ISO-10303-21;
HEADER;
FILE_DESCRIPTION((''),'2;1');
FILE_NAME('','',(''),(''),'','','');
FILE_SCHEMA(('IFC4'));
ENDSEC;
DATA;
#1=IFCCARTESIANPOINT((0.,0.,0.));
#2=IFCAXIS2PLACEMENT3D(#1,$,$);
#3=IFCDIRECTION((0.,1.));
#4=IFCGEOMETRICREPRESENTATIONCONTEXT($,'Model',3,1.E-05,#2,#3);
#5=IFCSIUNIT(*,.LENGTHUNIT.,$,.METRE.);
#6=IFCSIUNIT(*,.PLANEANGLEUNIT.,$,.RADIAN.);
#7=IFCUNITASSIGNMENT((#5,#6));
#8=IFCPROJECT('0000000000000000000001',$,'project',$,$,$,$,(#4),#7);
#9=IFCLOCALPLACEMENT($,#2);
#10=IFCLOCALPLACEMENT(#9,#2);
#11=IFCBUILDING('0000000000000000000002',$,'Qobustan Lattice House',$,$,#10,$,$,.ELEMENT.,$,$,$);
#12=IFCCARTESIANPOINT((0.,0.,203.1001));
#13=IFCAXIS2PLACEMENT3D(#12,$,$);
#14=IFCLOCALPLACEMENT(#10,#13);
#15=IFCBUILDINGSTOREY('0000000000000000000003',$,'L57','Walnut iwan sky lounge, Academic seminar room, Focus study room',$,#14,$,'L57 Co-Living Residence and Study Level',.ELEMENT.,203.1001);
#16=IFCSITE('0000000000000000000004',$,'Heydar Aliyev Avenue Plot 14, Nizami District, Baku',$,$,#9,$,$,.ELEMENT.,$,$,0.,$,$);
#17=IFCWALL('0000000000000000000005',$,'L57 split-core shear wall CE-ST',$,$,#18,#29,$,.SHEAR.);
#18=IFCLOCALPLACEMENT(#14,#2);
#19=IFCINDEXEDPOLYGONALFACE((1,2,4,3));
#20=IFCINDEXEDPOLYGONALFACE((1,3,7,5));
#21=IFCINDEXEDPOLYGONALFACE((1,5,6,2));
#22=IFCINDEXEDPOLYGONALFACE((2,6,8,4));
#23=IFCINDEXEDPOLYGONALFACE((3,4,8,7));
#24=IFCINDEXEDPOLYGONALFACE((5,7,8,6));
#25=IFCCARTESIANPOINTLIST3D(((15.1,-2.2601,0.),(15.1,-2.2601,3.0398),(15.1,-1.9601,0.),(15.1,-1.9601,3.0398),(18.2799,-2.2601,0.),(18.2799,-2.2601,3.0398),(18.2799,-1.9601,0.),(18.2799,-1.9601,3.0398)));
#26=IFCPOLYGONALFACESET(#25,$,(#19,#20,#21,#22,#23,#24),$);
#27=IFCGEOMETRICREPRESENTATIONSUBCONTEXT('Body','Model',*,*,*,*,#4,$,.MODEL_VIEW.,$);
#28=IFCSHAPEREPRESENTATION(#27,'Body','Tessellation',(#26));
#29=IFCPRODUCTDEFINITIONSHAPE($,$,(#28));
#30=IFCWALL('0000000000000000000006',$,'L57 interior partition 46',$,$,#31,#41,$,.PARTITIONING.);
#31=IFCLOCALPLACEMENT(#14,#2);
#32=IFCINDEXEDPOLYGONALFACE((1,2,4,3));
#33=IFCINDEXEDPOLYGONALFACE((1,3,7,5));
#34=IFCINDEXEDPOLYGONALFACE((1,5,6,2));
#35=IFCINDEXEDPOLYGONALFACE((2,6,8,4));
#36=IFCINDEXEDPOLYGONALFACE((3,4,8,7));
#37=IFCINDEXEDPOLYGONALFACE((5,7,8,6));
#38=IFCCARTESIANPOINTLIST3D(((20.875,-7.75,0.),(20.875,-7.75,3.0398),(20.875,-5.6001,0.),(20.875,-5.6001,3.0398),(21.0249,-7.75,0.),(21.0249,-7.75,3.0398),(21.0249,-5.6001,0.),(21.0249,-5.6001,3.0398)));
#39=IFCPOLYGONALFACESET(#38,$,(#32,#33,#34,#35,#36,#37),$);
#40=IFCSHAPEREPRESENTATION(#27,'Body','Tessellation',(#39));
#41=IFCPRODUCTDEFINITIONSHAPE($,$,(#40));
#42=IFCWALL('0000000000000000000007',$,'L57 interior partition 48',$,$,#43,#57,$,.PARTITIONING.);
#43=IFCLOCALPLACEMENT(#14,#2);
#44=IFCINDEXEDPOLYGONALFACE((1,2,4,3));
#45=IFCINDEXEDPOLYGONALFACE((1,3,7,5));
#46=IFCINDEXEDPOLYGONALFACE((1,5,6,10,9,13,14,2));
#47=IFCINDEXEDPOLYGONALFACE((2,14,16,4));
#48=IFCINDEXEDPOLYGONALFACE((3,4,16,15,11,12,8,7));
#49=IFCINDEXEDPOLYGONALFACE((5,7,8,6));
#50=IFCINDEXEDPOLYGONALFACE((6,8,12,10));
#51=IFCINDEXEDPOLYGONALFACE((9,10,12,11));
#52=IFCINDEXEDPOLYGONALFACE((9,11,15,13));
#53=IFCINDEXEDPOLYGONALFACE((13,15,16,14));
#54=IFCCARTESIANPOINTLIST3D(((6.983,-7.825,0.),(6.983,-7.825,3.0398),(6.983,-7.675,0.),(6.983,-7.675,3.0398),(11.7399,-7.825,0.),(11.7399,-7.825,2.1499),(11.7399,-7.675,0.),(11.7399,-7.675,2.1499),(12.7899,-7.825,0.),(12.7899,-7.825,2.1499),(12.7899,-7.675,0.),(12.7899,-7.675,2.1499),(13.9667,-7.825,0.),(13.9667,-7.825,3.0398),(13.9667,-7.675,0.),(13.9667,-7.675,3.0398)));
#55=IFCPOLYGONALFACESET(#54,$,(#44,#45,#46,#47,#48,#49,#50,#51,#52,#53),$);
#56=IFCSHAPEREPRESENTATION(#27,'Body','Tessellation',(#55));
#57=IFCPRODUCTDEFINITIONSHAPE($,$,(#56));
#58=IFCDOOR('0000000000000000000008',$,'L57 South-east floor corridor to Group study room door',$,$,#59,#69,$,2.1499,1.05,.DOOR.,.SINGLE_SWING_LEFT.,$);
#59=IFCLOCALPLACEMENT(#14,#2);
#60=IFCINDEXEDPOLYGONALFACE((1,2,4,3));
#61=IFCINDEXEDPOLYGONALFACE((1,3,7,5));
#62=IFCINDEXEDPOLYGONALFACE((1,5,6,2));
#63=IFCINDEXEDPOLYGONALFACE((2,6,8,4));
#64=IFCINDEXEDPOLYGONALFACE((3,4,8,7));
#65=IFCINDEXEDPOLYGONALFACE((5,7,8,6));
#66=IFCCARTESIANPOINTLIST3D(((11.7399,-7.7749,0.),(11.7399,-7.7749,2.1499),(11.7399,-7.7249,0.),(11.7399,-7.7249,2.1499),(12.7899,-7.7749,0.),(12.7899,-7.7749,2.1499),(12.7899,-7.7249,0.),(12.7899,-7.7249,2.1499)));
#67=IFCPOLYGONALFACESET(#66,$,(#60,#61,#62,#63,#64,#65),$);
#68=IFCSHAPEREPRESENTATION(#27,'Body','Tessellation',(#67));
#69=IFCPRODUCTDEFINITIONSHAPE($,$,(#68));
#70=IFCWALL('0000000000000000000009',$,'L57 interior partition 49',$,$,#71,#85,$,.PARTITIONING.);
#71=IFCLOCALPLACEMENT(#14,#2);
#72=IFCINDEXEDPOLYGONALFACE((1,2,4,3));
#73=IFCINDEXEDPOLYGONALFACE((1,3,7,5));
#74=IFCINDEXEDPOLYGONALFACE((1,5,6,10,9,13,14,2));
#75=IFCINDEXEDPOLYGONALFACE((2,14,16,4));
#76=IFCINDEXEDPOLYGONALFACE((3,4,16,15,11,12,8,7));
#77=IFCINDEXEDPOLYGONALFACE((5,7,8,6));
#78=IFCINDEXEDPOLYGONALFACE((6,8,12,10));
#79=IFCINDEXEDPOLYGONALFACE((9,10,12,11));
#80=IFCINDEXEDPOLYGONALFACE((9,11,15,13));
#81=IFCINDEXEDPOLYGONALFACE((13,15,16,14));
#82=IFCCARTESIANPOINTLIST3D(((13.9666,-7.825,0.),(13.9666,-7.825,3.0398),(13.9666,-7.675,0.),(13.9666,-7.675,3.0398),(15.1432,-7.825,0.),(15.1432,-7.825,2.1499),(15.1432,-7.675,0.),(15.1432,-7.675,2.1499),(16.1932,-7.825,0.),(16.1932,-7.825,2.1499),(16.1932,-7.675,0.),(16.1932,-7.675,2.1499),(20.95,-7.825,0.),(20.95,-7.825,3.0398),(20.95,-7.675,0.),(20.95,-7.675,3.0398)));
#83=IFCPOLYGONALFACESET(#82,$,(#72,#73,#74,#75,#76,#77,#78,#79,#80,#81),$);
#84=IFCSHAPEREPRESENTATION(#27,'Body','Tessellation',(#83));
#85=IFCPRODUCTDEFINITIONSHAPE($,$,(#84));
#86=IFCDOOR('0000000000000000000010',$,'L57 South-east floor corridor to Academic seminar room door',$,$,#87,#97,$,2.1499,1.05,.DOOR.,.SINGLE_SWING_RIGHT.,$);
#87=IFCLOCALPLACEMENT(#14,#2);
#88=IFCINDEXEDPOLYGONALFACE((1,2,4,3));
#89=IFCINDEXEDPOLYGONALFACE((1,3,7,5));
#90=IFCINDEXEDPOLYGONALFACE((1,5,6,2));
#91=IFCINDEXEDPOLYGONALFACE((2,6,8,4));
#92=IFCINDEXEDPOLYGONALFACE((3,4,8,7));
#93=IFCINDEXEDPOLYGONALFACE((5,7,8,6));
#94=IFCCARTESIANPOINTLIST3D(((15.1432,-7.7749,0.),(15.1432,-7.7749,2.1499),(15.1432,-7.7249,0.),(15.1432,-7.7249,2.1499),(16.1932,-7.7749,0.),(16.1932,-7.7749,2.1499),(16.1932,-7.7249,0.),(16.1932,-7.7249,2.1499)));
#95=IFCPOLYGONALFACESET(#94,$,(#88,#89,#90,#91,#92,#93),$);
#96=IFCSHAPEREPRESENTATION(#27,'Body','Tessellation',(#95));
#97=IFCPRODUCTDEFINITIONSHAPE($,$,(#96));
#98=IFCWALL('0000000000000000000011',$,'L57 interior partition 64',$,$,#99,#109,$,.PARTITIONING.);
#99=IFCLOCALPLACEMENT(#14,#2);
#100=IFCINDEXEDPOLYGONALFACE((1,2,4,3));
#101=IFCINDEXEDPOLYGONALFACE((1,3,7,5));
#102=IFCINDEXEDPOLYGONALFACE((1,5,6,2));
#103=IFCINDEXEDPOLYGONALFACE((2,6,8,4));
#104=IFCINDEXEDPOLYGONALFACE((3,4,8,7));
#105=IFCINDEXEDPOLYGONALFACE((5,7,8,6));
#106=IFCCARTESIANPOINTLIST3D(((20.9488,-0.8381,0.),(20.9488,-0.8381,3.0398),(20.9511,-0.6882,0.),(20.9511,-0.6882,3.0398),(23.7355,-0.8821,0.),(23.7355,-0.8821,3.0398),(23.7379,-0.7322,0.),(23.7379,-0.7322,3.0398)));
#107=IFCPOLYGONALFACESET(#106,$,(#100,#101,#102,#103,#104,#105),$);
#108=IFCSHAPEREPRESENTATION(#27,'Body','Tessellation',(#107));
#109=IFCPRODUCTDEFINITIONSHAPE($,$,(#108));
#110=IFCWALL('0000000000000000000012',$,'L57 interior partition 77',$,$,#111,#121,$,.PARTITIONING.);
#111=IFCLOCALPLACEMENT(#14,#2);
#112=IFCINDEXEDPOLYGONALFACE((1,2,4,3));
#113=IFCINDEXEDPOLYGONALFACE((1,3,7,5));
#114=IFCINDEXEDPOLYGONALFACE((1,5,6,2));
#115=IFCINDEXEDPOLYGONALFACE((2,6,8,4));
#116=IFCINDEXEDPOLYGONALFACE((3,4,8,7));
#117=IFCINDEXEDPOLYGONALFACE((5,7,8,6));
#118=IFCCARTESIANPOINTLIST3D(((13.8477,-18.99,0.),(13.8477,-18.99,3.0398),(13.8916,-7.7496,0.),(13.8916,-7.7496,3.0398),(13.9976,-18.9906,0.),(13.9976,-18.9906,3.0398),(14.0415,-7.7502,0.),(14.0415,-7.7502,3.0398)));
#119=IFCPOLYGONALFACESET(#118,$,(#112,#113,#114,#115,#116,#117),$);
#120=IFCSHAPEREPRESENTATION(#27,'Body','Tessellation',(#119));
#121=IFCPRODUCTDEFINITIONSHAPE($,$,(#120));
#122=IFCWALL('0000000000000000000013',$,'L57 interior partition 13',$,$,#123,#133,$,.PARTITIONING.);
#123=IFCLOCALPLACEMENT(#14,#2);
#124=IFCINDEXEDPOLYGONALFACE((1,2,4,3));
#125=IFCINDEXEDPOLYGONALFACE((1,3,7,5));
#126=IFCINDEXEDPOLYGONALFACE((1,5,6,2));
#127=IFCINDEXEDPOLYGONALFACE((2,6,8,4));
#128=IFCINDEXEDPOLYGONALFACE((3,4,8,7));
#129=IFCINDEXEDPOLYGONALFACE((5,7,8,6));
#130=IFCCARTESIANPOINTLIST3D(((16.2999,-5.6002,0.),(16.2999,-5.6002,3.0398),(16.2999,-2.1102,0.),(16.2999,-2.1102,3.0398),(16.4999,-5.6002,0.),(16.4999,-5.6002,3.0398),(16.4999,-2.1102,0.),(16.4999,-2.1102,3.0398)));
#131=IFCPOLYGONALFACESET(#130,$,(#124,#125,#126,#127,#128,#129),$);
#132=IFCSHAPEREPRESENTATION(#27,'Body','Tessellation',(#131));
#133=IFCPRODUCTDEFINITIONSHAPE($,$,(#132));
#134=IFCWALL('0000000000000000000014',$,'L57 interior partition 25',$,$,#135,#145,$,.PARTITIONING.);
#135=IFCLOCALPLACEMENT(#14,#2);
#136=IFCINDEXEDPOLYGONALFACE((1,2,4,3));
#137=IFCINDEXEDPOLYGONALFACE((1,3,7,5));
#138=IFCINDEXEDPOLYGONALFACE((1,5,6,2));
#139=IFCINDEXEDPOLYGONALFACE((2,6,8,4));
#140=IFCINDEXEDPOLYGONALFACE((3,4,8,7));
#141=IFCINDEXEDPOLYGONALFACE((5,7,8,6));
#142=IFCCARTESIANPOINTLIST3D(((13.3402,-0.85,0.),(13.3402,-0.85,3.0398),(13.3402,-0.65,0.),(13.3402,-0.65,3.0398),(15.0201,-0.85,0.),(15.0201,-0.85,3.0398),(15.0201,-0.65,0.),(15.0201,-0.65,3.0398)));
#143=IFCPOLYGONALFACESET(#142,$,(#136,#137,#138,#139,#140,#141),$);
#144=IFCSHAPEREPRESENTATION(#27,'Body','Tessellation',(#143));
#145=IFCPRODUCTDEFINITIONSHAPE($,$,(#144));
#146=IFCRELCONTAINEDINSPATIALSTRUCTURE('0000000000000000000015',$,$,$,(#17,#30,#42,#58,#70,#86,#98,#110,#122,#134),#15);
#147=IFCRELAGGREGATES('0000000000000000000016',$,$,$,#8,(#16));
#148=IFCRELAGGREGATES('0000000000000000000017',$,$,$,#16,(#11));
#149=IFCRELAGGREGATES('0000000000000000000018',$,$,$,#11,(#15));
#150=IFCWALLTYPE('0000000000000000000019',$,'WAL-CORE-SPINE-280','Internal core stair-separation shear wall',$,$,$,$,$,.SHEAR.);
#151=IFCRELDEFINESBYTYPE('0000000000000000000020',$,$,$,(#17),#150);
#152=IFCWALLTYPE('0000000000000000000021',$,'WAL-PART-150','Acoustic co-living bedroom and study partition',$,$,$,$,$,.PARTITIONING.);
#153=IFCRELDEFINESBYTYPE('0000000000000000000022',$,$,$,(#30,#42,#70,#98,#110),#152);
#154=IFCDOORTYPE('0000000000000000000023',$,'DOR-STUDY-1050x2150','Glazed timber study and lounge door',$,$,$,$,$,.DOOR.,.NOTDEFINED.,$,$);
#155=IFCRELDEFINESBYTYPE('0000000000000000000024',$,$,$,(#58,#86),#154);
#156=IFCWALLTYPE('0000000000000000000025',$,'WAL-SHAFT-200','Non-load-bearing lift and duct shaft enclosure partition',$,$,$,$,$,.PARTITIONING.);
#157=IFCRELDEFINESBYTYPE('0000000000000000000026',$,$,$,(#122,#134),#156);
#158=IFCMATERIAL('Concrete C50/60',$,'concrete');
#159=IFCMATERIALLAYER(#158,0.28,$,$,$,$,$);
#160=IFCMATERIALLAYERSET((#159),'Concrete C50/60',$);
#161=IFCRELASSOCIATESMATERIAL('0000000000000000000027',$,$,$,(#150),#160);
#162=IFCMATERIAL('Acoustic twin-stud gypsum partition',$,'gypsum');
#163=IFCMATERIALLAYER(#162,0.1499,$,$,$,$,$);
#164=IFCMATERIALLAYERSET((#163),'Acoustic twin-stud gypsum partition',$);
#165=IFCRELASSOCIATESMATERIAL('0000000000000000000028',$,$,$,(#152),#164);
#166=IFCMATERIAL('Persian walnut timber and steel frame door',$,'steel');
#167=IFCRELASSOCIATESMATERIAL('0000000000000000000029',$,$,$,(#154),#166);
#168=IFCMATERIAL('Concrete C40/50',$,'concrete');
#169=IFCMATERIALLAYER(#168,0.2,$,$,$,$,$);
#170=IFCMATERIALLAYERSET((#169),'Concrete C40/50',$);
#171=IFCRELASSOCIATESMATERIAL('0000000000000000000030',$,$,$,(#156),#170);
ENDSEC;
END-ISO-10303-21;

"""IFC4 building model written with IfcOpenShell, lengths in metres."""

from ifc_helpers import new_model, si_unit, direction, frame, frame_2d, origin, place, context, subcontext, project, spatial, rectangle, extrude, material, layer, layer_set, type_object, element, fill, save


model = new_model("IFC4")

# Units and contexts
model_context = context("Model", 3, precision=1e-05, world=origin(), true_north=direction((0.0, 1.0)))
body_context = subcontext(model_context, "Body", "Model", "MODEL_VIEW")
ifc_project = project(units=[si_unit("LENGTHUNIT", "METRE"), si_unit("PLANEANGLEUNIT", "RADIAN")], contexts=[model_context])

# Site, building, storey
site_placement = place(None, origin())
site = spatial("IfcSite", under=ifc_project, at=site_placement, Name="Heydar Aliyev Avenue Plot 14, Nizami District, Baku", CompositionType="ELEMENT", RefElevation=0.0)
building_placement = place(site_placement, origin())
building = spatial("IfcBuilding", under=site, at=building_placement, Name="Qobustan Lattice House", CompositionType="ELEMENT")
storey_placement = place(building_placement, frame((0.0, 0.0, 203.1001)))
storey = spatial("IfcBuildingStorey", under=building, at=storey_placement, Name="L57", Description="Walnut iwan sky lounge, Academic seminar room, Focus study room", LongName="L57 Co-Living Residence and Study Level", CompositionType="ELEMENT", Elevation=203.1001)

# Walls
ifc_material_1 = material(Name="Concrete C50/60", Category="concrete")
ifc_layer_1 = layer(ifc_material_1, 0.28)
ifc_layer_set_1 = layer_set([ifc_layer_1], Name="Concrete C50/60")
wall_type_1 = type_object("IfcWallType", Name="WAL-CORE-SPINE-280", Description="Internal core stair-separation shear wall", PredefinedType="SHEAR", material=ifc_layer_set_1)
wall_1_placement = place(storey_placement, frame((15.1001, -2.1101, 0.0), z_axis=(0.0, 0.0, 1.0), x_axis=(1.0, 0.0, 0.0)))
element("IfcWall", 1, at=wall_1_placement, inside=storey, type_object=wall_type_1, Name="L57 split-core shear wall CE-ST", PredefinedType="SHEAR", context=body_context, shape_type="SweptSolid", body=[
    extrude(rectangle(XDim=3.1799, YDim=0.3, at=frame_2d((1.5898, 0.0))), origin(), (0.0, 0.0, 1.0), 3.0398),
])
ifc_material_2 = material(Name="Acoustic twin-stud gypsum partition", Category="gypsum")
ifc_layer_2 = layer(ifc_material_2, 0.1499)
ifc_layer_set_2 = layer_set([ifc_layer_2], Name="Acoustic twin-stud gypsum partition")
wall_type_2 = type_object("IfcWallType", Name="WAL-PART-150", Description="Acoustic co-living bedroom and study partition", PredefinedType="PARTITIONING", material=ifc_layer_set_2)
wall_2_placement = place(storey_placement, frame((20.95, -5.6001, 0.0), z_axis=(0.0, 0.0, 1.0), x_axis=(0.0, -1.0, 0.0)))
element("IfcWall", 2, at=wall_2_placement, inside=storey, type_object=wall_type_2, Name="L57 interior partition 46", PredefinedType="PARTITIONING", context=body_context, shape_type="SweptSolid", body=[
    extrude(rectangle(XDim=2.1499, YDim=0.1499, at=frame_2d((1.075, 0.0))), origin(), (0.0, 0.0, 1.0), 3.0398),
])

# Walls, openings, doors
wall_3_placement = place(storey_placement, frame((13.9666, -7.75, 0.0), z_axis=(0.0, 0.0, 1.0), x_axis=(-1.0, 0.0, 0.0)))
wall_3 = element("IfcWall", 3, at=wall_3_placement, inside=storey, type_object=wall_type_2, Name="L57 interior partition 48", PredefinedType="PARTITIONING", context=body_context, shape_type="SweptSolid", body=[
    extrude(rectangle(XDim=6.9836, YDim=0.1499, at=frame_2d((3.4917, 0.0))), origin(), (0.0, 0.0, 1.0), 3.0398),
])
opening_1_placement = place(wall_3_placement, frame((1.1768, 0.0, 0.0)))
opening_1 = element("IfcOpeningElement", 4, at=opening_1_placement, cuts=wall_3, PredefinedType="OPENING", context=body_context, shape_type="SweptSolid", body=[
    extrude(rectangle(XDim=1.05, YDim=2.1499, at=frame_2d((0.5249, 1.075))), frame((0.0, 0.085, 0.0), z_axis=(0.0, -1.0, 0.0), x_axis=(1.0, 0.0, 0.0)), (0.0, 0.0, 1.0), 0.1699),
])
ifc_material_3 = material(Name="Persian walnut timber and steel frame door", Category="steel")
door_type = type_object("IfcDoorType", Name="DOR-STUDY-1050x2150", Description="Glazed timber study and lounge door", OperationType="NOTDEFINED", PredefinedType="DOOR", material=ifc_material_3)
door_1_placement = place(opening_1_placement, origin())
door_1 = element("IfcDoor", 5, at=door_1_placement, inside=storey, type_object=door_type, Name="L57 South-east floor corridor to Group study room door", OperationType="SINGLE_SWING_LEFT", OverallHeight=2.1499, OverallWidth=1.05, PredefinedType="DOOR", context=body_context, shape_type="SweptSolid", body=[
    extrude(rectangle(XDim=1.05, YDim=2.1499, at=frame_2d((0.5249, 1.075))), frame((0.0, 0.0249, 0.0), z_axis=(0.0, -1.0, 0.0), x_axis=(1.0, 0.0, 0.0)), (0.0, 0.0, 1.0), 0.05),
])
fill(opening_1, door_1)
wall_4_placement = place(storey_placement, frame((20.95, -7.75, 0.0), z_axis=(0.0, 0.0, 1.0), x_axis=(-1.0, 0.0, 0.0)))
wall_4 = element("IfcWall", 6, at=wall_4_placement, inside=storey, type_object=wall_type_2, Name="L57 interior partition 49", PredefinedType="PARTITIONING", context=body_context, shape_type="SweptSolid", body=[
    extrude(rectangle(XDim=6.9834, YDim=0.1499, at=frame_2d((3.4917, 0.0))), origin(), (0.0, 0.0, 1.0), 3.0398),
])
opening_2_placement = place(wall_4_placement, frame((4.7568, 0.0, 0.0)))
opening_2 = element("IfcOpeningElement", 7, at=opening_2_placement, cuts=wall_4, PredefinedType="OPENING", context=body_context, shape_type="SweptSolid", body=[
    extrude(rectangle(XDim=1.05, YDim=2.1499, at=frame_2d((0.5249, 1.075))), frame((0.0, 0.085, 0.0), z_axis=(0.0, -1.0, 0.0), x_axis=(1.0, 0.0, 0.0)), (0.0, 0.0, 1.0), 0.1699),
])
door_2_placement = place(opening_2_placement, origin())
door_2 = element("IfcDoor", 8, at=door_2_placement, inside=storey, type_object=door_type, Name="L57 South-east floor corridor to Academic seminar room door", OperationType="SINGLE_SWING_RIGHT", OverallHeight=2.1499, OverallWidth=1.05, PredefinedType="DOOR", context=body_context, shape_type="SweptSolid", body=[
    extrude(rectangle(XDim=1.05, YDim=2.1499, at=frame_2d((0.5249, 1.075))), frame((0.0, 0.0249, 0.0), z_axis=(0.0, -1.0, 0.0), x_axis=(1.0, 0.0, 0.0)), (0.0, 0.0, 1.0), 0.05),
])
fill(opening_2, door_2)

# Walls
wall_5_placement = place(storey_placement, frame((20.95, -0.7632, 0.0), z_axis=(0.0, 0.0, 1.0), x_axis=(0.999876, -0.015767, 0.0)))
element("IfcWall", 9, at=wall_5_placement, inside=storey, type_object=wall_type_2, Name="L57 interior partition 64", PredefinedType="PARTITIONING", context=body_context, shape_type="SweptSolid", body=[
    extrude(rectangle(XDim=2.7871, YDim=0.1499, at=frame_2d((1.3936, 0.0))), origin(), (0.0, 0.0, 1.0), 3.0398),
])
wall_6_placement = place(storey_placement, frame((13.9666, -7.75, 0.0), z_axis=(0.0, 0.0, 1.0), x_axis=(-0.00391, -0.999992, 0.0)))
element("IfcWall", 10, at=wall_6_placement, inside=storey, type_object=wall_type_2, Name="L57 interior partition 77", PredefinedType="PARTITIONING", context=body_context, shape_type="SweptSolid", body=[
    extrude(rectangle(XDim=11.2405, YDim=0.1499, at=frame_2d((5.6201, 0.0))), origin(), (0.0, 0.0, 1.0), 3.0398),
])
ifc_material_4 = material(Name="Concrete C40/50", Category="concrete")
ifc_layer_3 = layer(ifc_material_4, 0.2)
ifc_layer_set_3 = layer_set([ifc_layer_3], Name="Concrete C40/50")
wall_type_3 = type_object("IfcWallType", Name="WAL-SHAFT-200", Description="Non-load-bearing lift and duct shaft enclosure partition", PredefinedType="PARTITIONING", material=ifc_layer_set_3)
wall_7_placement = place(storey_placement, frame((16.3999, -2.1101, 0.0), z_axis=(0.0, 0.0, 1.0), x_axis=(0.0, -1.0, 0.0)))
element("IfcWall", 11, at=wall_7_placement, inside=storey, type_object=wall_type_3, Name="L57 interior partition 13", PredefinedType="PARTITIONING", context=body_context, shape_type="SweptSolid", body=[
    extrude(rectangle(XDim=3.49, YDim=0.2, at=frame_2d((1.7451, 0.0))), origin(), (0.0, 0.0, 1.0), 3.0398),
])
wall_8_placement = place(storey_placement, frame((15.02, -0.75, 0.0), z_axis=(0.0, 0.0, 1.0), x_axis=(-1.0, 0.0, 0.0)))
element("IfcWall", 12, at=wall_8_placement, inside=storey, type_object=wall_type_3, Name="L57 interior partition 25", PredefinedType="PARTITIONING", context=body_context, shape_type="SweptSolid", body=[
    extrude(rectangle(XDim=1.6799, YDim=0.2, at=frame_2d((0.8398, 0.0))), origin(), (0.0, 0.0, 1.0), 3.0398),
])

save(model, "model.ifc")
